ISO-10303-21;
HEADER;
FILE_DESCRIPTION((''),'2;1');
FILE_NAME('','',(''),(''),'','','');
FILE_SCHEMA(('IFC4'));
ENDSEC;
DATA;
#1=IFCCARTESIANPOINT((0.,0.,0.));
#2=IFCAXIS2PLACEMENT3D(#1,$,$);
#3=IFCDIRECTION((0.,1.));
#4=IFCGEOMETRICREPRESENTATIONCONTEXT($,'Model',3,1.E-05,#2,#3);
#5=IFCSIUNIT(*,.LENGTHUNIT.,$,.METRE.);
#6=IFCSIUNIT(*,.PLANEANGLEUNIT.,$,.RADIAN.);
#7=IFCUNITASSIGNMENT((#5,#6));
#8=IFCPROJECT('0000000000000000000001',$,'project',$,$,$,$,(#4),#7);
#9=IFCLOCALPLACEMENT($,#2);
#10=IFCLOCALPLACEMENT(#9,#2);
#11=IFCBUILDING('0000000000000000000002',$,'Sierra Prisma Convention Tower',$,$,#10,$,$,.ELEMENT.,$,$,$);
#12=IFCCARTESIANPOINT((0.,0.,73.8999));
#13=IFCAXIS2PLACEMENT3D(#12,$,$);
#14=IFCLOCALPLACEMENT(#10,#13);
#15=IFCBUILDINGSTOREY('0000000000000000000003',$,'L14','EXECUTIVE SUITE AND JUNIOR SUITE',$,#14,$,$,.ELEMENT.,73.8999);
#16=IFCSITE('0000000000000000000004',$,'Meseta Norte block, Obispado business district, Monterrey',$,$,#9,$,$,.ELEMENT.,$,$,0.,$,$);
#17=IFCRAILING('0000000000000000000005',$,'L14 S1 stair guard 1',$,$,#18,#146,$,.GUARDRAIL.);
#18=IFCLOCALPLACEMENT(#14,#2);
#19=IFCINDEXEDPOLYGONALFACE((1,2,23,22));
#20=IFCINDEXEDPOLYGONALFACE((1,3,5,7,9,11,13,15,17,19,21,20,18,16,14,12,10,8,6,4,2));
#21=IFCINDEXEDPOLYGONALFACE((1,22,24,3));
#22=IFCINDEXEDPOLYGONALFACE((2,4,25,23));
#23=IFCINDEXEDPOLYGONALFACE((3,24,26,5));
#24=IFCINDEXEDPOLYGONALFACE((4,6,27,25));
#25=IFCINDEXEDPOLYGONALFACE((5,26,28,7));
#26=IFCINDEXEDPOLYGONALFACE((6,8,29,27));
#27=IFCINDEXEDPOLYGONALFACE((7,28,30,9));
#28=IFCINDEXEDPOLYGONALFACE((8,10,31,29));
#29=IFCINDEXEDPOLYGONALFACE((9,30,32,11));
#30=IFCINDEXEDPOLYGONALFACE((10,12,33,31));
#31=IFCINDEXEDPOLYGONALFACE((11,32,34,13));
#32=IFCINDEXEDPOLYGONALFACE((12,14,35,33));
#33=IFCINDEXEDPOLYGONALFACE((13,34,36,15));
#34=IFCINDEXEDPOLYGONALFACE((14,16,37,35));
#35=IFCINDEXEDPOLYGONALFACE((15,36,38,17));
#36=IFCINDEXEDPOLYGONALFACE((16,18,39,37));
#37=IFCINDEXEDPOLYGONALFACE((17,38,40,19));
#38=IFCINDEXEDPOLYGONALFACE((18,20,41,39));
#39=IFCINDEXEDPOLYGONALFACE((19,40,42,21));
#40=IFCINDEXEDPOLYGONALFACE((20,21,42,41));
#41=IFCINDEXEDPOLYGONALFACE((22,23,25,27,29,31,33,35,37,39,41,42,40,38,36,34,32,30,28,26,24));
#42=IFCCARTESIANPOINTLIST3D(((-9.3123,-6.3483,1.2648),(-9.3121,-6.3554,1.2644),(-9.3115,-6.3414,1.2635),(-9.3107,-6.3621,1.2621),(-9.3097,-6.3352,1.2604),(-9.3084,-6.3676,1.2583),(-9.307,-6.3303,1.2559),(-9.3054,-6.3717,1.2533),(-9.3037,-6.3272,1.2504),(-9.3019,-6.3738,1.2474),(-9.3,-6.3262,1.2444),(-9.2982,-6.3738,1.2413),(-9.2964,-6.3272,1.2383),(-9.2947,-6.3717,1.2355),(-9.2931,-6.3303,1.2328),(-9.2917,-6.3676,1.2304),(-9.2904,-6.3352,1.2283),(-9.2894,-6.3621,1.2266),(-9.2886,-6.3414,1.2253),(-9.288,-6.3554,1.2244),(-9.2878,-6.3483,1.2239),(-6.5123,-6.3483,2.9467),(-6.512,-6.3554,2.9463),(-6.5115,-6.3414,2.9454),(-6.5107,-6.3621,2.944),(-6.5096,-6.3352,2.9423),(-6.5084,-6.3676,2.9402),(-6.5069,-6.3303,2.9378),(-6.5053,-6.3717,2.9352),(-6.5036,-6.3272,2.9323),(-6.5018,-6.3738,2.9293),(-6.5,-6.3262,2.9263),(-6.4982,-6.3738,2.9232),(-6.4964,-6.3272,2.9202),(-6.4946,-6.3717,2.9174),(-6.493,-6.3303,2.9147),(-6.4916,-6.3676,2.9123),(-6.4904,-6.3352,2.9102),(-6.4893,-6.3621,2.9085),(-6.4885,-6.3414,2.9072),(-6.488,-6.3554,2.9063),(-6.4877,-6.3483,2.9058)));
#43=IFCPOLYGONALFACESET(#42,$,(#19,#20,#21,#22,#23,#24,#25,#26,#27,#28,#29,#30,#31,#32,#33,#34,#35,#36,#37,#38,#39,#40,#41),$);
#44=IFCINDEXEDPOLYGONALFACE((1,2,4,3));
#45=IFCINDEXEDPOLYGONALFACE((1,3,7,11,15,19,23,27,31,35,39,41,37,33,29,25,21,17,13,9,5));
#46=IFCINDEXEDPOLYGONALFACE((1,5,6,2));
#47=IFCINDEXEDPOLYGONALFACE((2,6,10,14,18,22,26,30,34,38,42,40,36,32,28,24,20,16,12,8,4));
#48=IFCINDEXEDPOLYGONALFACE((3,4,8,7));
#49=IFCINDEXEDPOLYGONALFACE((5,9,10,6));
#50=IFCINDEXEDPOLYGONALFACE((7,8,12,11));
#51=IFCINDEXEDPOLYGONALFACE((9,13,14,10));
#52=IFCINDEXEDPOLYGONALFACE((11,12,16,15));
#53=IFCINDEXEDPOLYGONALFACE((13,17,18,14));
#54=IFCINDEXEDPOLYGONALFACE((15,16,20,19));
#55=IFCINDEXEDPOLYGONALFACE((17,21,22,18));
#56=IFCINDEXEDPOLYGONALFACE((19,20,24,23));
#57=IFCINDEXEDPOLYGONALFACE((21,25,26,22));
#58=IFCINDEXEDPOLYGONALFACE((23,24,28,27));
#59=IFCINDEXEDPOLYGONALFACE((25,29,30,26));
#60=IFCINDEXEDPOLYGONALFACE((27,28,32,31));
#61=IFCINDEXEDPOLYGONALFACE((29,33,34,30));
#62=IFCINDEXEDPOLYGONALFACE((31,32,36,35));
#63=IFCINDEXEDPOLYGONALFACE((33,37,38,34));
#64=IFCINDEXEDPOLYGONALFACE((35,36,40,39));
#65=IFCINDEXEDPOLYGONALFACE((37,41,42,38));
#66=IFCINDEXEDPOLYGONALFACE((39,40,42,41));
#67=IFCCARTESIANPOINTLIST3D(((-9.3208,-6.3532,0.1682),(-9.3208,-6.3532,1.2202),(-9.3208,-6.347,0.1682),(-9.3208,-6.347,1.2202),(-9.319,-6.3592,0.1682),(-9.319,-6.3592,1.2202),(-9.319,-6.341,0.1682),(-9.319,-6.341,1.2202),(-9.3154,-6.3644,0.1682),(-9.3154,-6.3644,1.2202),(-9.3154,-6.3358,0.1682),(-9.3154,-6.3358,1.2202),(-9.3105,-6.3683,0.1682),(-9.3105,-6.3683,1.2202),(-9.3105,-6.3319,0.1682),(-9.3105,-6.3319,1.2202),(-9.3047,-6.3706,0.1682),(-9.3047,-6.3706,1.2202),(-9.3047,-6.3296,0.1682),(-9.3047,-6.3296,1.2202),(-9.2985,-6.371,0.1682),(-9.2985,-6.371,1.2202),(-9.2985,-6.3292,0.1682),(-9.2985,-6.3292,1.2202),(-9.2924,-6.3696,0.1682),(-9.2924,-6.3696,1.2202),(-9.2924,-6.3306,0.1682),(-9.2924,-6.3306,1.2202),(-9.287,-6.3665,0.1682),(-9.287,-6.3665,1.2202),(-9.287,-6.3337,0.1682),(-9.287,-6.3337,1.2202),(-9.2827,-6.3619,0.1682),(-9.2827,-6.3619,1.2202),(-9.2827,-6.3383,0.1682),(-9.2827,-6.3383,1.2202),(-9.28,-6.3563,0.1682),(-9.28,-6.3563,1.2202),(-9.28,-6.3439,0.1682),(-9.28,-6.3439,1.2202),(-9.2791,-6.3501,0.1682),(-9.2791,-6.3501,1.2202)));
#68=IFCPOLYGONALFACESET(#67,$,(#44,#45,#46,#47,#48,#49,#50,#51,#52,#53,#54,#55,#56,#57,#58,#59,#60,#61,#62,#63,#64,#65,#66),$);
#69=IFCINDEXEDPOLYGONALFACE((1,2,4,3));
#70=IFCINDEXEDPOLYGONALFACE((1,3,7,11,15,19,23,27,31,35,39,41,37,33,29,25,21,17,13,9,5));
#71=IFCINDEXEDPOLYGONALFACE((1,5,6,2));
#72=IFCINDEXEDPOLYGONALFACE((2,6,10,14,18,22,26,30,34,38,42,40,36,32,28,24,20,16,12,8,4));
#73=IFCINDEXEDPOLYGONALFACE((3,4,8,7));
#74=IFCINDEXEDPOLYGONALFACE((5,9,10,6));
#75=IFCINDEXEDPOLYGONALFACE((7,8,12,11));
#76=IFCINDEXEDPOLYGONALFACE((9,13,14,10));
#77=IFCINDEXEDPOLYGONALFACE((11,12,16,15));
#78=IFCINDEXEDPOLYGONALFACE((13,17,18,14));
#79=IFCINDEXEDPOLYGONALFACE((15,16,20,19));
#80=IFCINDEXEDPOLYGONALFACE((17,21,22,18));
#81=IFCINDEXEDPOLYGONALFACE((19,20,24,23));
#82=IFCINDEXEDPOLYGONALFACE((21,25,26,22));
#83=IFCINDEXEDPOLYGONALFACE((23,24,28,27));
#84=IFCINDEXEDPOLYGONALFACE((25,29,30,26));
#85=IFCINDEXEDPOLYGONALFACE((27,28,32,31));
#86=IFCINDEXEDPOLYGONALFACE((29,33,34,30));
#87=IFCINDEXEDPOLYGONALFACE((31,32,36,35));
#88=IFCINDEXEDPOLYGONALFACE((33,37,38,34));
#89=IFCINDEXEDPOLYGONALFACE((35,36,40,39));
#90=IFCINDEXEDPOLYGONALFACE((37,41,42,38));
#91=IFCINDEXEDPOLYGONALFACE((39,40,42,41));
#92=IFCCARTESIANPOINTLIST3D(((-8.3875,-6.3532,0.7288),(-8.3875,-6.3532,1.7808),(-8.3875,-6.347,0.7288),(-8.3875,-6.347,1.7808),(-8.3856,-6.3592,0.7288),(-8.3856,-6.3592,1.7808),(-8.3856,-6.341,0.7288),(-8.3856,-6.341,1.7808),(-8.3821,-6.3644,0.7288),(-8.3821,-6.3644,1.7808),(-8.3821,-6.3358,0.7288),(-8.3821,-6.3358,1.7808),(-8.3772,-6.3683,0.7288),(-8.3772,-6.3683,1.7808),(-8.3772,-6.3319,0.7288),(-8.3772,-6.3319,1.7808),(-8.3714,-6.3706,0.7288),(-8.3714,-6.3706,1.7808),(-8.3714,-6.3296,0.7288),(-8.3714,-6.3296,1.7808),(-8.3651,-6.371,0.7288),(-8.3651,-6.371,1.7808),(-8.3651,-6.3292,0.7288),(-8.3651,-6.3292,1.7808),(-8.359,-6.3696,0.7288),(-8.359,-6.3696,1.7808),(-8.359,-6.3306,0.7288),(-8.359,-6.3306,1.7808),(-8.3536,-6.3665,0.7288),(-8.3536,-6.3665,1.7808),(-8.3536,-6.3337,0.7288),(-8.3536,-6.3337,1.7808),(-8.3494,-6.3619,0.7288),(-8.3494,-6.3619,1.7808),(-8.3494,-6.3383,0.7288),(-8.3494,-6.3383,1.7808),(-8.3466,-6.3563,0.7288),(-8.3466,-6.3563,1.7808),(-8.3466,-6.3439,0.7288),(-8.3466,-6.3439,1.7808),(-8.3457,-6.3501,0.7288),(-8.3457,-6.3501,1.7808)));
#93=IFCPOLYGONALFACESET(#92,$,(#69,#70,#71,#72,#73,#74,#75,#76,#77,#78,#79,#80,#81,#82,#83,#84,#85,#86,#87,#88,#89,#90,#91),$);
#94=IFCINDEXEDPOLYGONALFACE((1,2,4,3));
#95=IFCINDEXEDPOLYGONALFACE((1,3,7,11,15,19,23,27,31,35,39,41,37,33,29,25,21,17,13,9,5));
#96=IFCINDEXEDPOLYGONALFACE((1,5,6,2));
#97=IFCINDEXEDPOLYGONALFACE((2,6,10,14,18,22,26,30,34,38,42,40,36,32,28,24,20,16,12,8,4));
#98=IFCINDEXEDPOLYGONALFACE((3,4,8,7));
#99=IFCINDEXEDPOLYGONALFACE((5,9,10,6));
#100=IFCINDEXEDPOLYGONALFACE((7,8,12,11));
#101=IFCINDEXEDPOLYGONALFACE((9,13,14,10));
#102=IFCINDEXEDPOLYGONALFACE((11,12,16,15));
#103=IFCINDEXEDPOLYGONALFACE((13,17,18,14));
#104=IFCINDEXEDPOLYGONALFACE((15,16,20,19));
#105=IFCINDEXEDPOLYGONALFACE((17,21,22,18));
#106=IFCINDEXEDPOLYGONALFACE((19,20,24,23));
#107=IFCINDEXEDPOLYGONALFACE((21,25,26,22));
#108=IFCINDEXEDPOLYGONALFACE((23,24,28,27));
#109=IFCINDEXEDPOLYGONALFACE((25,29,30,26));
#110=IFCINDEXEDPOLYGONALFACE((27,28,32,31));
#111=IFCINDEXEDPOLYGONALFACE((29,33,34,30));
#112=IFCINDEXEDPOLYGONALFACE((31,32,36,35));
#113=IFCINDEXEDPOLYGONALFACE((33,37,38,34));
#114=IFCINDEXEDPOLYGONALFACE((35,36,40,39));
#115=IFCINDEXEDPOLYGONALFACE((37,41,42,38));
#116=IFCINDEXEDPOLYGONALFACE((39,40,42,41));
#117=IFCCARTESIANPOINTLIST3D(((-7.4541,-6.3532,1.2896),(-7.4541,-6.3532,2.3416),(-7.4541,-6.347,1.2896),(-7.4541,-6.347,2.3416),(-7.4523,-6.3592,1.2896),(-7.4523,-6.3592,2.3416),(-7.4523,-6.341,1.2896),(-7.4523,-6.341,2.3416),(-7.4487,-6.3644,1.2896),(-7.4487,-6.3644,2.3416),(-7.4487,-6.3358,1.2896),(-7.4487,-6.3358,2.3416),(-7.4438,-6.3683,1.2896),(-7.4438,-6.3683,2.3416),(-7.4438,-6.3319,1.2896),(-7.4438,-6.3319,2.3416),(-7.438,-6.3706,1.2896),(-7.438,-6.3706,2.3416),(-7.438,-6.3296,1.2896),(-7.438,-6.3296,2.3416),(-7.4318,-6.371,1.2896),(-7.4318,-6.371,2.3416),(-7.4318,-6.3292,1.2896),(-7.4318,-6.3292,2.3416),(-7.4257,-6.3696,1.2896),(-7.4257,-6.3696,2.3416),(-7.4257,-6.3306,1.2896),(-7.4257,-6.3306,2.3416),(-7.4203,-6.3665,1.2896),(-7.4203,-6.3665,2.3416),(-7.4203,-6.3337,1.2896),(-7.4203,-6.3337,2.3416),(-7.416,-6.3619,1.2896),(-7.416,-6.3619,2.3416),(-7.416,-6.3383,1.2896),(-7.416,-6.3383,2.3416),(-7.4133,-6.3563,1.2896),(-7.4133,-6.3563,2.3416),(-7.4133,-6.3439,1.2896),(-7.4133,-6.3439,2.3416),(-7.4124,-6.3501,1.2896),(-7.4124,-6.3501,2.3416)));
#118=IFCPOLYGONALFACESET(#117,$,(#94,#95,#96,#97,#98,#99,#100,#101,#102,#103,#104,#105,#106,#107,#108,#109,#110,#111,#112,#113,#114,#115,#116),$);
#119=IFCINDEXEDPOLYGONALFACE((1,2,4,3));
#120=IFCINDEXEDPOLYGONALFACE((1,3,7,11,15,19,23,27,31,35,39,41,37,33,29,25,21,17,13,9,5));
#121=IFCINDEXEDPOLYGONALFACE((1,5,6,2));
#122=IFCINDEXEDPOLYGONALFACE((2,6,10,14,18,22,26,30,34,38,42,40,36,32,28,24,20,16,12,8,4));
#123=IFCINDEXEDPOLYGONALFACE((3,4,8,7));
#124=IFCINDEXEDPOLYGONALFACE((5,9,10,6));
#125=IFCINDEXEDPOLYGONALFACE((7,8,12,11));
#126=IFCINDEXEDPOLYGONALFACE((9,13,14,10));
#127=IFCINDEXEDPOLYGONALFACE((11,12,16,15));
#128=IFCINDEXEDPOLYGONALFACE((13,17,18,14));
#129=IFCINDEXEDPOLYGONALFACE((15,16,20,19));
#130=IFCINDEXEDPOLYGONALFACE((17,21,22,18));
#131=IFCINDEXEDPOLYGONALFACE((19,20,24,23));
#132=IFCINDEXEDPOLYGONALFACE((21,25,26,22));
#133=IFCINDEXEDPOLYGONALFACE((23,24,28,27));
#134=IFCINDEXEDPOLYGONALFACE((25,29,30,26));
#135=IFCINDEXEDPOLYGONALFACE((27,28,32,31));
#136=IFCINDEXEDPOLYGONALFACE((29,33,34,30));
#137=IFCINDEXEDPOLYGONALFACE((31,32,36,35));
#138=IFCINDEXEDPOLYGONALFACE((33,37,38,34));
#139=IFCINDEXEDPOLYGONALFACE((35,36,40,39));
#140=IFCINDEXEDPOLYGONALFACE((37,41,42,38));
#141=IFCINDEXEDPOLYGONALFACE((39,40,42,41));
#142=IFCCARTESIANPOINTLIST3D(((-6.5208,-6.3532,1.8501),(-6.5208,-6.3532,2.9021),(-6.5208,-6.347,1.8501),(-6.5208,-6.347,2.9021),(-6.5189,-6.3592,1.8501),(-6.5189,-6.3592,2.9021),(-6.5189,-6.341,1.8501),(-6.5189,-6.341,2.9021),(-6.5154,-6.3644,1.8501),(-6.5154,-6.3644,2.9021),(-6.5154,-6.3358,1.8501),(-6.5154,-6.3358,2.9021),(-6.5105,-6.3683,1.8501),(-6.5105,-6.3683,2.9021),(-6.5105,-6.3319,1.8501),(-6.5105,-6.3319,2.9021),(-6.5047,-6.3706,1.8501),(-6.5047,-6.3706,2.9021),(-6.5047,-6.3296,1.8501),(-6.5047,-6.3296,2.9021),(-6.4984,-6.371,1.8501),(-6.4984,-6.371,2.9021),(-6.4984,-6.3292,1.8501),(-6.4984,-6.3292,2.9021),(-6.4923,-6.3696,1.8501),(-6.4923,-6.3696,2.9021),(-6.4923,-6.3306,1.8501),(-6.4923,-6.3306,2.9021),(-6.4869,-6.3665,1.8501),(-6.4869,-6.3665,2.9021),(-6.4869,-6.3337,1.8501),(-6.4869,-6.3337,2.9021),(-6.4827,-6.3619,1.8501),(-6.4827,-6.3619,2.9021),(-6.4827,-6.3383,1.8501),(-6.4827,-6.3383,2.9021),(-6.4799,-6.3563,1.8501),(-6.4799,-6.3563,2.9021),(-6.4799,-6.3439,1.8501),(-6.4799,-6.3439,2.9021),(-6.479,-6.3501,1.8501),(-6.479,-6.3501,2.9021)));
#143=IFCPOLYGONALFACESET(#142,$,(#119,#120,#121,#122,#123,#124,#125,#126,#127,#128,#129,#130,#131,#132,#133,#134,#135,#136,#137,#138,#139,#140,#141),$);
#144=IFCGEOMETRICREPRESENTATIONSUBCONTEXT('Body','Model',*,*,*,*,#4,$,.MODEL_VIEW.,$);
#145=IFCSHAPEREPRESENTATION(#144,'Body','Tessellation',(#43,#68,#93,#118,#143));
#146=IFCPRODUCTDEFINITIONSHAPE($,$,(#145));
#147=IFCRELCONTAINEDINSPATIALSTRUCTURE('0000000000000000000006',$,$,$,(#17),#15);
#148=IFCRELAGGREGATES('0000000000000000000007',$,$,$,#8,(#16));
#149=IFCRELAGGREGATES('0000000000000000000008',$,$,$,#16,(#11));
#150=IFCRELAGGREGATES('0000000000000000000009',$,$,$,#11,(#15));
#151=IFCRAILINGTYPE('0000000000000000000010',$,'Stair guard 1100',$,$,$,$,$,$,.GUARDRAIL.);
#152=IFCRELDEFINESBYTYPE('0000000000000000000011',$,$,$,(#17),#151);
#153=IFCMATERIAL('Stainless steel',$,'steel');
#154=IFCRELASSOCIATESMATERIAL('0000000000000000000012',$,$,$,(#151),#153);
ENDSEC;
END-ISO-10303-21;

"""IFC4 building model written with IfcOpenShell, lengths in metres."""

from ifc_helpers import new_model, si_unit, direction, frame, origin, origin_2d, place, context, subcontext, project, spatial, circle, extrude, material, type_object, element, save


model = new_model("IFC4")

# Units and contexts
model_context = context("Model", 3, precision=1e-05, world=origin(), true_north=direction((0.0, 1.0)))
body_context = subcontext(model_context, "Body", "Model", "MODEL_VIEW")
ifc_project = project(units=[si_unit("LENGTHUNIT", "METRE"), si_unit("PLANEANGLEUNIT", "RADIAN")], contexts=[model_context])

# Site, building, storey
site_placement = place(None, origin())
site = spatial("IfcSite", under=ifc_project, at=site_placement, Name="Meseta Norte block, Obispado business district, Monterrey", CompositionType="ELEMENT", RefElevation=0.0)
building_placement = place(site_placement, origin())
building = spatial("IfcBuilding", under=site, at=building_placement, Name="Sierra Prisma Convention Tower", CompositionType="ELEMENT")
storey_placement = place(building_placement, frame((0.0, 0.0, 73.8999)))
storey = spatial("IfcBuildingStorey", under=building, at=storey_placement, Name="L14", Description="EXECUTIVE SUITE AND JUNIOR SUITE", CompositionType="ELEMENT", Elevation=73.8999)

# Railing
ifc_material_1 = material(Name="Stainless steel", Category="steel")
railing_type_1 = type_object("IfcRailingType", Name="Stair guard 1100", PredefinedType="GUARDRAIL", material=ifc_material_1)
railing_1_placement = place(storey_placement, frame((-9.3, -6.3501, 0.1682)))
element("IfcRailing", 1, at=railing_1_placement, inside=storey, type_object=railing_type_1, Name="L14 S1 stair guard 1", PredefinedType="GUARDRAIL", context=body_context, shape_type="SweptSolid", body=[
    extrude(circle(Radius=0.0239, at=origin_2d()), frame((0.0, 0.0, 1.0762), z_axis=(0.857242, 0.0, 0.514913), x_axis=(0.0, 1.0, 0.0)), (0.0, 0.0, 1.0), 3.2664),
    extrude(circle(Radius=0.021, at=origin_2d()), origin(), (0.0, 0.0, 1.0), 1.052),
    extrude(circle(Radius=0.021, at=origin_2d()), frame((0.9333, 0.0, 0.5605)), (0.0, 0.0, 1.0), 1.052),
    extrude(circle(Radius=0.021, at=origin_2d()), frame((1.8667, 0.0, 1.1213)), (0.0, 0.0, 1.0), 1.052),
    extrude(circle(Radius=0.021, at=origin_2d()), frame((2.8, 0.0, 1.6819)), (0.0, 0.0, 1.0), 1.052),
])

save(model, "model.ifc")
